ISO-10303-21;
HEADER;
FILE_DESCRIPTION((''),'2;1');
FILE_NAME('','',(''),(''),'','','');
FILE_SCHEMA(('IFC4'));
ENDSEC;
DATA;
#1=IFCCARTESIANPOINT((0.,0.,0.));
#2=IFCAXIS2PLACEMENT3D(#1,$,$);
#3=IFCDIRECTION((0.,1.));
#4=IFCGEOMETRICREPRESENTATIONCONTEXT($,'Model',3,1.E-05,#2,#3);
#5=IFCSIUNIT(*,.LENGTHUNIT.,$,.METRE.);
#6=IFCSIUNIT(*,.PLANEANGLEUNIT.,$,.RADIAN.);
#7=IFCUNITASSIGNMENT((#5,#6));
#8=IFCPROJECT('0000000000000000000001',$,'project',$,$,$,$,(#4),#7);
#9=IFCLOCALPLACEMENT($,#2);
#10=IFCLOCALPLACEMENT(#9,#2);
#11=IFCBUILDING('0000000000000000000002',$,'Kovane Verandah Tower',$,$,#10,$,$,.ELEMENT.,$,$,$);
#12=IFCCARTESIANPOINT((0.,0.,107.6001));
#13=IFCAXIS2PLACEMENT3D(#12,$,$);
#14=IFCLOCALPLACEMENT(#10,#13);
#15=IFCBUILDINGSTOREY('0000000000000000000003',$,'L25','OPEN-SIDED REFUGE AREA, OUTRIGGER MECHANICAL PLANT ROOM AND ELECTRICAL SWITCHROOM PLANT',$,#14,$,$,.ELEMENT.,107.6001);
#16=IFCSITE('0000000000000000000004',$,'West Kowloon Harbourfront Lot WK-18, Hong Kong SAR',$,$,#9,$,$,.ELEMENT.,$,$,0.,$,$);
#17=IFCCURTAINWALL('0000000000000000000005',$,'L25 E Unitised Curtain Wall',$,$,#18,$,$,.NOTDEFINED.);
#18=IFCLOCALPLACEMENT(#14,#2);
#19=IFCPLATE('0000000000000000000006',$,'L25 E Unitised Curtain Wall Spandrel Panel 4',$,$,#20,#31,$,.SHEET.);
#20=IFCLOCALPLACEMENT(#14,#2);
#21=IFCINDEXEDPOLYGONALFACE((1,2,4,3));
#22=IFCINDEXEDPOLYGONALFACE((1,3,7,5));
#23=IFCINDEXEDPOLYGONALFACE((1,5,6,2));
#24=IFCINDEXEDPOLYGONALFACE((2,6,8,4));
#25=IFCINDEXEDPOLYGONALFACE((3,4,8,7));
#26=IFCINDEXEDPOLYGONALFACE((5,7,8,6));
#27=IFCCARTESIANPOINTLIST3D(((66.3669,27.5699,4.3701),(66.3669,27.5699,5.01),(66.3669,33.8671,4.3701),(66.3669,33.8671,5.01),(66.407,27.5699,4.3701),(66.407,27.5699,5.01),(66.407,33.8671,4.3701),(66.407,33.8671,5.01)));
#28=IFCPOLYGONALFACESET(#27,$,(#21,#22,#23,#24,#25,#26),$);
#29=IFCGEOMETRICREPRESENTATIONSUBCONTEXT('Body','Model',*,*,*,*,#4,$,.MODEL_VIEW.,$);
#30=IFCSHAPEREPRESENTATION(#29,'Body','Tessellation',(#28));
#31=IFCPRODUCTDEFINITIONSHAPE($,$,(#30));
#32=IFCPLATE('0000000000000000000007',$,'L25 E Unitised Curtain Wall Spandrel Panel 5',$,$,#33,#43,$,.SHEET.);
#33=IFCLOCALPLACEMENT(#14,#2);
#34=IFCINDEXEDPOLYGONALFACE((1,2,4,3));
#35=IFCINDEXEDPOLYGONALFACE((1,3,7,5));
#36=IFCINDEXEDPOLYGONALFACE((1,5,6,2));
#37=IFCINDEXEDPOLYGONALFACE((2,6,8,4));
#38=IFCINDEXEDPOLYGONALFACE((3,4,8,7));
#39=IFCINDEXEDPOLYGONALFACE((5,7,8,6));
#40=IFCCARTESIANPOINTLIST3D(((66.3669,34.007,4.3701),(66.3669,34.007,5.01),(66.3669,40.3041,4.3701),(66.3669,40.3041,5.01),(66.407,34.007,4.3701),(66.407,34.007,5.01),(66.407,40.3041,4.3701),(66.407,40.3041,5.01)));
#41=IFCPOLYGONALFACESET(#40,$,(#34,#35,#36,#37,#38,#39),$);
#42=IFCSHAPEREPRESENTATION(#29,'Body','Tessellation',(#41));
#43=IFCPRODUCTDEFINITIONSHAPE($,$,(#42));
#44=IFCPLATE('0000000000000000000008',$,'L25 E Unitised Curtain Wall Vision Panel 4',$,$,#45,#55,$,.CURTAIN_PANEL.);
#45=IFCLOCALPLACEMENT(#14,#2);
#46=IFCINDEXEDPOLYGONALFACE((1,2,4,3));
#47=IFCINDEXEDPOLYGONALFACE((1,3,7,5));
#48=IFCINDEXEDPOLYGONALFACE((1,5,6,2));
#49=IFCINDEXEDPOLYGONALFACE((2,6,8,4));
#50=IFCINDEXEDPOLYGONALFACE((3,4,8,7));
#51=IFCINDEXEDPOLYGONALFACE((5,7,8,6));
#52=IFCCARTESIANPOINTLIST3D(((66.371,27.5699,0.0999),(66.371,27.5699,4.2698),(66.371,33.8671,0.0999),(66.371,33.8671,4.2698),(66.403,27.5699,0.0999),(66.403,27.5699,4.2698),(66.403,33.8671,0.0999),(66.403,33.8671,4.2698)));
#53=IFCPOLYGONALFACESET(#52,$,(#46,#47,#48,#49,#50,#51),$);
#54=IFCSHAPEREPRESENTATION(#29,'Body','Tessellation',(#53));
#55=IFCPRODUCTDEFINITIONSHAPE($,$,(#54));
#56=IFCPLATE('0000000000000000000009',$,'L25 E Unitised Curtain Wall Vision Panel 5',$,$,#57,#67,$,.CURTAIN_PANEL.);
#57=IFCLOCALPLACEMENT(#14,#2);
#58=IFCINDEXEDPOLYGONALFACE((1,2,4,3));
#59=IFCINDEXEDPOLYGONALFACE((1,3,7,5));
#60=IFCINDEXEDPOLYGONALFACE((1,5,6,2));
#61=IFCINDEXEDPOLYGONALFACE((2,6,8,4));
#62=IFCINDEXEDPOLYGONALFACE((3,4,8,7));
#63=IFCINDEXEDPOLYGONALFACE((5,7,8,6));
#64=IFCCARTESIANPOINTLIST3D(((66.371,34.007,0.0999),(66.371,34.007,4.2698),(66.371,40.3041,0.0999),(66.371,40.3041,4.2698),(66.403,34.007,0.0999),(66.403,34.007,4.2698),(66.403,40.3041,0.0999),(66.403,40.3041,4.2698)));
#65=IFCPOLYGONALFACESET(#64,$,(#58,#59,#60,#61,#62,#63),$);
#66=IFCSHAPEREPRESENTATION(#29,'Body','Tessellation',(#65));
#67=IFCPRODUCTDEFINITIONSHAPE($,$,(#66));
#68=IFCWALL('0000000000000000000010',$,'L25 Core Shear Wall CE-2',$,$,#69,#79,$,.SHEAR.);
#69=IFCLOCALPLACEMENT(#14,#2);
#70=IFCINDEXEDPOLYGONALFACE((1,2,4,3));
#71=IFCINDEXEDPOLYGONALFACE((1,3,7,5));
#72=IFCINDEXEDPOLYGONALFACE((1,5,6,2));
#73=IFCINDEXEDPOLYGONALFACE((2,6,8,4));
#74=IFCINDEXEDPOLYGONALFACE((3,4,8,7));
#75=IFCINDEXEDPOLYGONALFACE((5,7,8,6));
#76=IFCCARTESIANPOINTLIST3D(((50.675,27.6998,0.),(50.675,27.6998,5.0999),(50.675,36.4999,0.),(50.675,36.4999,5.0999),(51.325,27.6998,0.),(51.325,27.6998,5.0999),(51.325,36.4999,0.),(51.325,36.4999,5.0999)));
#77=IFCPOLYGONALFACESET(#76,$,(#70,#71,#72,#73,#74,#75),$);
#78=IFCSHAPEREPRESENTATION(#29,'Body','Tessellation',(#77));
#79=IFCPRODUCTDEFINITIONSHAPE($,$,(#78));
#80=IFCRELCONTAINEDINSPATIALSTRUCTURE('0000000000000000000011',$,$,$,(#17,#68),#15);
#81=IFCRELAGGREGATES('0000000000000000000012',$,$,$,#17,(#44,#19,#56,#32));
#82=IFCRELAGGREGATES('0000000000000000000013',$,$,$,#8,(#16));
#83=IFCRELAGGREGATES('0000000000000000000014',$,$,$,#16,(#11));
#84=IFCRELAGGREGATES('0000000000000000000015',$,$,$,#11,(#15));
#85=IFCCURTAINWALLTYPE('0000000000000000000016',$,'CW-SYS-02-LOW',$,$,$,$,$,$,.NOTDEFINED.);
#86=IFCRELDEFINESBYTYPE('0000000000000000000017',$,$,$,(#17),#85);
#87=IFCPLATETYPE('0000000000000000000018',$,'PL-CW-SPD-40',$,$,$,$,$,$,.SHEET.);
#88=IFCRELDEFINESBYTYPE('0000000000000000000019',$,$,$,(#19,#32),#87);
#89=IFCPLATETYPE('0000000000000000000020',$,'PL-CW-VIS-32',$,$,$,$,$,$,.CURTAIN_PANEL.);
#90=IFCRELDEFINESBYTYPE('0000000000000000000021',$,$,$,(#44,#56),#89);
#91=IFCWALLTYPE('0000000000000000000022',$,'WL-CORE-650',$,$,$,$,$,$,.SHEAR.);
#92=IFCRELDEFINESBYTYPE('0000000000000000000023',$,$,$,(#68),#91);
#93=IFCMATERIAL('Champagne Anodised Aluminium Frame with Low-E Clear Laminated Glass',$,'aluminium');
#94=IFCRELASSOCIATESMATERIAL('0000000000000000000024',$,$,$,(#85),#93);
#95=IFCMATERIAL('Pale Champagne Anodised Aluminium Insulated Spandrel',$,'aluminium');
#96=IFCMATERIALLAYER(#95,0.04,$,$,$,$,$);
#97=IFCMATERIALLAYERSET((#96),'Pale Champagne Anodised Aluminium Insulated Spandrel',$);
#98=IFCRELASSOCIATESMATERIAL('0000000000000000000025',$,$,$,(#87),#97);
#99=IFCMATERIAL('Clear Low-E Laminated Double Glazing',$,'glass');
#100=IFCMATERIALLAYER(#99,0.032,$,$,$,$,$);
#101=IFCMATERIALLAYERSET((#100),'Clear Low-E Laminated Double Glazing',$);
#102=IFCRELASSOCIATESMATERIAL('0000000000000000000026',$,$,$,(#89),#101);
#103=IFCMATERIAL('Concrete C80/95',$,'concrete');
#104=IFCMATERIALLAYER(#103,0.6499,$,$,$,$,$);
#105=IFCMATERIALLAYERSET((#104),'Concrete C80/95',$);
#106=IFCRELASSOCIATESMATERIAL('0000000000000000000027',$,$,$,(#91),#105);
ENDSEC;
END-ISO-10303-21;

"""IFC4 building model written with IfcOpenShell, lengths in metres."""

from ifc_helpers import new_model, si_unit, direction, frame, frame_2d, origin, origin_2d, place, context, subcontext, project, spatial, rectangle, extrude, material, layer, layer_set, type_object, element, aggregate, save


model = new_model("IFC4")

# Units and contexts
model_context = context("Model", 3, precision=1e-05, world=origin(), true_north=direction((0.0, 1.0)))
body_context = subcontext(model_context, "Body", "Model", "MODEL_VIEW")
ifc_project = project(units=[si_unit("LENGTHUNIT", "METRE"), si_unit("PLANEANGLEUNIT", "RADIAN")], contexts=[model_context])

# Site, building, storey
site_placement = place(None, origin())
site = spatial("IfcSite", under=ifc_project, at=site_placement, Name="West Kowloon Harbourfront Lot WK-18, Hong Kong SAR", CompositionType="ELEMENT", RefElevation=0.0)
building_placement = place(site_placement, origin())
building = spatial("IfcBuilding", under=site, at=building_placement, Name="Kovane Verandah Tower", CompositionType="ELEMENT")
storey_placement = place(building_placement, frame((0.0, 0.0, 107.6001)))
storey = spatial("IfcBuildingStorey", under=building, at=storey_placement, Name="L25", Description="OPEN-SIDED REFUGE AREA, OUTRIGGER MECHANICAL PLANT ROOM AND ELECTRICAL SWITCHROOM PLANT", CompositionType="ELEMENT", Elevation=107.6001)

# Shared definitions
ifc_material_1 = material(Name="Concrete C80/95", Category="concrete")

# Curtain wall
ifc_material_2 = material(Name="Champagne Anodised Aluminium Frame with Low-E Clear Laminated Glass", Category="aluminium")
curtain_wall_type = type_object("IfcCurtainWallType", Name="CW-SYS-02-LOW", PredefinedType="NOTDEFINED", material=ifc_material_2)
curtain_wall_placement = place(storey_placement, origin())
curtain_wall = element("IfcCurtainWall", 1, at=curtain_wall_placement, inside=storey, type_object=curtain_wall_type, Name="L25 E Unitised Curtain Wall", PredefinedType="NOTDEFINED")

# Plates
ifc_material_3 = material(Name="Pale Champagne Anodised Aluminium Insulated Spandrel", Category="aluminium")
ifc_layer_1 = layer(ifc_material_3, 0.04)
ifc_layer_set_1 = layer_set([ifc_layer_1], Name="Pale Champagne Anodised Aluminium Insulated Spandrel")
plate_type_1 = type_object("IfcPlateType", Name="PL-CW-SPD-40", PredefinedType="SHEET", material=ifc_layer_set_1)
plate_1_placement = place(storey_placement, frame((66.387, 30.7185, 4.3701), z_axis=(0.0, 0.0, 1.0), x_axis=(0.0, 1.0, 0.0)))
plate_1 = element("IfcPlate", 2, at=plate_1_placement, type_object=plate_type_1, Name="L25 E Unitised Curtain Wall Spandrel Panel 4", PredefinedType="SHEET", context=body_context, shape_type="SweptSolid", body=[
    extrude(rectangle(XDim=6.2971, YDim=0.04, at=origin_2d()), origin(), (0.0, 0.0, 1.0), 0.6399),
])
plate_2_placement = place(storey_placement, frame((66.387, 37.1555, 4.3701), z_axis=(0.0, 0.0, 1.0), x_axis=(0.0, 1.0, 0.0)))
plate_2 = element("IfcPlate", 3, at=plate_2_placement, type_object=plate_type_1, Name="L25 E Unitised Curtain Wall Spandrel Panel 5", PredefinedType="SHEET", context=body_context, shape_type="SweptSolid", body=[
    extrude(rectangle(XDim=6.2971, YDim=0.04, at=origin_2d()), origin(), (0.0, 0.0, 1.0), 0.6399),
])
ifc_material_4 = material(Name="Clear Low-E Laminated Double Glazing", Category="glass")
ifc_layer_2 = layer(ifc_material_4, 0.032)
ifc_layer_set_2 = layer_set([ifc_layer_2], Name="Clear Low-E Laminated Double Glazing")
plate_type_2 = type_object("IfcPlateType", Name="PL-CW-VIS-32", PredefinedType="CURTAIN_PANEL", material=ifc_layer_set_2)
plate_3_placement = place(storey_placement, frame((66.387, 30.7185, 0.0999), z_axis=(0.0, 0.0, 1.0), x_axis=(0.0, 1.0, 0.0)))
plate_3 = element("IfcPlate", 4, at=plate_3_placement, type_object=plate_type_2, Name="L25 E Unitised Curtain Wall Vision Panel 4", PredefinedType="CURTAIN_PANEL", context=body_context, shape_type="SweptSolid", body=[
    extrude(rectangle(XDim=6.2971, YDim=0.032, at=origin_2d()), origin(), (0.0, 0.0, 1.0), 4.1699),
])
plate_4_placement = place(storey_placement, frame((66.387, 37.1555, 0.0999), z_axis=(0.0, 0.0, 1.0), x_axis=(0.0, 1.0, 0.0)))
plate_4 = element("IfcPlate", 5, at=plate_4_placement, type_object=plate_type_2, Name="L25 E Unitised Curtain Wall Vision Panel 5", PredefinedType="CURTAIN_PANEL", context=body_context, shape_type="SweptSolid", body=[
    extrude(rectangle(XDim=6.2971, YDim=0.032, at=origin_2d()), origin(), (0.0, 0.0, 1.0), 4.1699),
])
aggregate(curtain_wall, [plate_3, plate_1, plate_4, plate_2])

# Wall
ifc_layer_3 = layer(ifc_material_1, 0.6499)
ifc_layer_set_3 = layer_set([ifc_layer_3], Name="Concrete C80/95")
wall_type = type_object("IfcWallType", Name="WL-CORE-650", PredefinedType="SHEAR", material=ifc_layer_set_3)
wall_placement = place(storey_placement, frame((51.0, 27.7, 0.0), z_axis=(0.0, 0.0, 1.0), x_axis=(0.0, 1.0, 0.0)))
element("IfcWall", 6, at=wall_placement, inside=storey, type_object=wall_type, Name="L25 Core Shear Wall CE-2", PredefinedType="SHEAR", context=body_context, shape_type="SweptSolid", body=[
    extrude(rectangle(XDim=8.8, YDim=0.6499, at=frame_2d((4.3999, 0.0))), origin(), (0.0, 0.0, 1.0), 5.0999),
])

save(model, "model.ifc")
